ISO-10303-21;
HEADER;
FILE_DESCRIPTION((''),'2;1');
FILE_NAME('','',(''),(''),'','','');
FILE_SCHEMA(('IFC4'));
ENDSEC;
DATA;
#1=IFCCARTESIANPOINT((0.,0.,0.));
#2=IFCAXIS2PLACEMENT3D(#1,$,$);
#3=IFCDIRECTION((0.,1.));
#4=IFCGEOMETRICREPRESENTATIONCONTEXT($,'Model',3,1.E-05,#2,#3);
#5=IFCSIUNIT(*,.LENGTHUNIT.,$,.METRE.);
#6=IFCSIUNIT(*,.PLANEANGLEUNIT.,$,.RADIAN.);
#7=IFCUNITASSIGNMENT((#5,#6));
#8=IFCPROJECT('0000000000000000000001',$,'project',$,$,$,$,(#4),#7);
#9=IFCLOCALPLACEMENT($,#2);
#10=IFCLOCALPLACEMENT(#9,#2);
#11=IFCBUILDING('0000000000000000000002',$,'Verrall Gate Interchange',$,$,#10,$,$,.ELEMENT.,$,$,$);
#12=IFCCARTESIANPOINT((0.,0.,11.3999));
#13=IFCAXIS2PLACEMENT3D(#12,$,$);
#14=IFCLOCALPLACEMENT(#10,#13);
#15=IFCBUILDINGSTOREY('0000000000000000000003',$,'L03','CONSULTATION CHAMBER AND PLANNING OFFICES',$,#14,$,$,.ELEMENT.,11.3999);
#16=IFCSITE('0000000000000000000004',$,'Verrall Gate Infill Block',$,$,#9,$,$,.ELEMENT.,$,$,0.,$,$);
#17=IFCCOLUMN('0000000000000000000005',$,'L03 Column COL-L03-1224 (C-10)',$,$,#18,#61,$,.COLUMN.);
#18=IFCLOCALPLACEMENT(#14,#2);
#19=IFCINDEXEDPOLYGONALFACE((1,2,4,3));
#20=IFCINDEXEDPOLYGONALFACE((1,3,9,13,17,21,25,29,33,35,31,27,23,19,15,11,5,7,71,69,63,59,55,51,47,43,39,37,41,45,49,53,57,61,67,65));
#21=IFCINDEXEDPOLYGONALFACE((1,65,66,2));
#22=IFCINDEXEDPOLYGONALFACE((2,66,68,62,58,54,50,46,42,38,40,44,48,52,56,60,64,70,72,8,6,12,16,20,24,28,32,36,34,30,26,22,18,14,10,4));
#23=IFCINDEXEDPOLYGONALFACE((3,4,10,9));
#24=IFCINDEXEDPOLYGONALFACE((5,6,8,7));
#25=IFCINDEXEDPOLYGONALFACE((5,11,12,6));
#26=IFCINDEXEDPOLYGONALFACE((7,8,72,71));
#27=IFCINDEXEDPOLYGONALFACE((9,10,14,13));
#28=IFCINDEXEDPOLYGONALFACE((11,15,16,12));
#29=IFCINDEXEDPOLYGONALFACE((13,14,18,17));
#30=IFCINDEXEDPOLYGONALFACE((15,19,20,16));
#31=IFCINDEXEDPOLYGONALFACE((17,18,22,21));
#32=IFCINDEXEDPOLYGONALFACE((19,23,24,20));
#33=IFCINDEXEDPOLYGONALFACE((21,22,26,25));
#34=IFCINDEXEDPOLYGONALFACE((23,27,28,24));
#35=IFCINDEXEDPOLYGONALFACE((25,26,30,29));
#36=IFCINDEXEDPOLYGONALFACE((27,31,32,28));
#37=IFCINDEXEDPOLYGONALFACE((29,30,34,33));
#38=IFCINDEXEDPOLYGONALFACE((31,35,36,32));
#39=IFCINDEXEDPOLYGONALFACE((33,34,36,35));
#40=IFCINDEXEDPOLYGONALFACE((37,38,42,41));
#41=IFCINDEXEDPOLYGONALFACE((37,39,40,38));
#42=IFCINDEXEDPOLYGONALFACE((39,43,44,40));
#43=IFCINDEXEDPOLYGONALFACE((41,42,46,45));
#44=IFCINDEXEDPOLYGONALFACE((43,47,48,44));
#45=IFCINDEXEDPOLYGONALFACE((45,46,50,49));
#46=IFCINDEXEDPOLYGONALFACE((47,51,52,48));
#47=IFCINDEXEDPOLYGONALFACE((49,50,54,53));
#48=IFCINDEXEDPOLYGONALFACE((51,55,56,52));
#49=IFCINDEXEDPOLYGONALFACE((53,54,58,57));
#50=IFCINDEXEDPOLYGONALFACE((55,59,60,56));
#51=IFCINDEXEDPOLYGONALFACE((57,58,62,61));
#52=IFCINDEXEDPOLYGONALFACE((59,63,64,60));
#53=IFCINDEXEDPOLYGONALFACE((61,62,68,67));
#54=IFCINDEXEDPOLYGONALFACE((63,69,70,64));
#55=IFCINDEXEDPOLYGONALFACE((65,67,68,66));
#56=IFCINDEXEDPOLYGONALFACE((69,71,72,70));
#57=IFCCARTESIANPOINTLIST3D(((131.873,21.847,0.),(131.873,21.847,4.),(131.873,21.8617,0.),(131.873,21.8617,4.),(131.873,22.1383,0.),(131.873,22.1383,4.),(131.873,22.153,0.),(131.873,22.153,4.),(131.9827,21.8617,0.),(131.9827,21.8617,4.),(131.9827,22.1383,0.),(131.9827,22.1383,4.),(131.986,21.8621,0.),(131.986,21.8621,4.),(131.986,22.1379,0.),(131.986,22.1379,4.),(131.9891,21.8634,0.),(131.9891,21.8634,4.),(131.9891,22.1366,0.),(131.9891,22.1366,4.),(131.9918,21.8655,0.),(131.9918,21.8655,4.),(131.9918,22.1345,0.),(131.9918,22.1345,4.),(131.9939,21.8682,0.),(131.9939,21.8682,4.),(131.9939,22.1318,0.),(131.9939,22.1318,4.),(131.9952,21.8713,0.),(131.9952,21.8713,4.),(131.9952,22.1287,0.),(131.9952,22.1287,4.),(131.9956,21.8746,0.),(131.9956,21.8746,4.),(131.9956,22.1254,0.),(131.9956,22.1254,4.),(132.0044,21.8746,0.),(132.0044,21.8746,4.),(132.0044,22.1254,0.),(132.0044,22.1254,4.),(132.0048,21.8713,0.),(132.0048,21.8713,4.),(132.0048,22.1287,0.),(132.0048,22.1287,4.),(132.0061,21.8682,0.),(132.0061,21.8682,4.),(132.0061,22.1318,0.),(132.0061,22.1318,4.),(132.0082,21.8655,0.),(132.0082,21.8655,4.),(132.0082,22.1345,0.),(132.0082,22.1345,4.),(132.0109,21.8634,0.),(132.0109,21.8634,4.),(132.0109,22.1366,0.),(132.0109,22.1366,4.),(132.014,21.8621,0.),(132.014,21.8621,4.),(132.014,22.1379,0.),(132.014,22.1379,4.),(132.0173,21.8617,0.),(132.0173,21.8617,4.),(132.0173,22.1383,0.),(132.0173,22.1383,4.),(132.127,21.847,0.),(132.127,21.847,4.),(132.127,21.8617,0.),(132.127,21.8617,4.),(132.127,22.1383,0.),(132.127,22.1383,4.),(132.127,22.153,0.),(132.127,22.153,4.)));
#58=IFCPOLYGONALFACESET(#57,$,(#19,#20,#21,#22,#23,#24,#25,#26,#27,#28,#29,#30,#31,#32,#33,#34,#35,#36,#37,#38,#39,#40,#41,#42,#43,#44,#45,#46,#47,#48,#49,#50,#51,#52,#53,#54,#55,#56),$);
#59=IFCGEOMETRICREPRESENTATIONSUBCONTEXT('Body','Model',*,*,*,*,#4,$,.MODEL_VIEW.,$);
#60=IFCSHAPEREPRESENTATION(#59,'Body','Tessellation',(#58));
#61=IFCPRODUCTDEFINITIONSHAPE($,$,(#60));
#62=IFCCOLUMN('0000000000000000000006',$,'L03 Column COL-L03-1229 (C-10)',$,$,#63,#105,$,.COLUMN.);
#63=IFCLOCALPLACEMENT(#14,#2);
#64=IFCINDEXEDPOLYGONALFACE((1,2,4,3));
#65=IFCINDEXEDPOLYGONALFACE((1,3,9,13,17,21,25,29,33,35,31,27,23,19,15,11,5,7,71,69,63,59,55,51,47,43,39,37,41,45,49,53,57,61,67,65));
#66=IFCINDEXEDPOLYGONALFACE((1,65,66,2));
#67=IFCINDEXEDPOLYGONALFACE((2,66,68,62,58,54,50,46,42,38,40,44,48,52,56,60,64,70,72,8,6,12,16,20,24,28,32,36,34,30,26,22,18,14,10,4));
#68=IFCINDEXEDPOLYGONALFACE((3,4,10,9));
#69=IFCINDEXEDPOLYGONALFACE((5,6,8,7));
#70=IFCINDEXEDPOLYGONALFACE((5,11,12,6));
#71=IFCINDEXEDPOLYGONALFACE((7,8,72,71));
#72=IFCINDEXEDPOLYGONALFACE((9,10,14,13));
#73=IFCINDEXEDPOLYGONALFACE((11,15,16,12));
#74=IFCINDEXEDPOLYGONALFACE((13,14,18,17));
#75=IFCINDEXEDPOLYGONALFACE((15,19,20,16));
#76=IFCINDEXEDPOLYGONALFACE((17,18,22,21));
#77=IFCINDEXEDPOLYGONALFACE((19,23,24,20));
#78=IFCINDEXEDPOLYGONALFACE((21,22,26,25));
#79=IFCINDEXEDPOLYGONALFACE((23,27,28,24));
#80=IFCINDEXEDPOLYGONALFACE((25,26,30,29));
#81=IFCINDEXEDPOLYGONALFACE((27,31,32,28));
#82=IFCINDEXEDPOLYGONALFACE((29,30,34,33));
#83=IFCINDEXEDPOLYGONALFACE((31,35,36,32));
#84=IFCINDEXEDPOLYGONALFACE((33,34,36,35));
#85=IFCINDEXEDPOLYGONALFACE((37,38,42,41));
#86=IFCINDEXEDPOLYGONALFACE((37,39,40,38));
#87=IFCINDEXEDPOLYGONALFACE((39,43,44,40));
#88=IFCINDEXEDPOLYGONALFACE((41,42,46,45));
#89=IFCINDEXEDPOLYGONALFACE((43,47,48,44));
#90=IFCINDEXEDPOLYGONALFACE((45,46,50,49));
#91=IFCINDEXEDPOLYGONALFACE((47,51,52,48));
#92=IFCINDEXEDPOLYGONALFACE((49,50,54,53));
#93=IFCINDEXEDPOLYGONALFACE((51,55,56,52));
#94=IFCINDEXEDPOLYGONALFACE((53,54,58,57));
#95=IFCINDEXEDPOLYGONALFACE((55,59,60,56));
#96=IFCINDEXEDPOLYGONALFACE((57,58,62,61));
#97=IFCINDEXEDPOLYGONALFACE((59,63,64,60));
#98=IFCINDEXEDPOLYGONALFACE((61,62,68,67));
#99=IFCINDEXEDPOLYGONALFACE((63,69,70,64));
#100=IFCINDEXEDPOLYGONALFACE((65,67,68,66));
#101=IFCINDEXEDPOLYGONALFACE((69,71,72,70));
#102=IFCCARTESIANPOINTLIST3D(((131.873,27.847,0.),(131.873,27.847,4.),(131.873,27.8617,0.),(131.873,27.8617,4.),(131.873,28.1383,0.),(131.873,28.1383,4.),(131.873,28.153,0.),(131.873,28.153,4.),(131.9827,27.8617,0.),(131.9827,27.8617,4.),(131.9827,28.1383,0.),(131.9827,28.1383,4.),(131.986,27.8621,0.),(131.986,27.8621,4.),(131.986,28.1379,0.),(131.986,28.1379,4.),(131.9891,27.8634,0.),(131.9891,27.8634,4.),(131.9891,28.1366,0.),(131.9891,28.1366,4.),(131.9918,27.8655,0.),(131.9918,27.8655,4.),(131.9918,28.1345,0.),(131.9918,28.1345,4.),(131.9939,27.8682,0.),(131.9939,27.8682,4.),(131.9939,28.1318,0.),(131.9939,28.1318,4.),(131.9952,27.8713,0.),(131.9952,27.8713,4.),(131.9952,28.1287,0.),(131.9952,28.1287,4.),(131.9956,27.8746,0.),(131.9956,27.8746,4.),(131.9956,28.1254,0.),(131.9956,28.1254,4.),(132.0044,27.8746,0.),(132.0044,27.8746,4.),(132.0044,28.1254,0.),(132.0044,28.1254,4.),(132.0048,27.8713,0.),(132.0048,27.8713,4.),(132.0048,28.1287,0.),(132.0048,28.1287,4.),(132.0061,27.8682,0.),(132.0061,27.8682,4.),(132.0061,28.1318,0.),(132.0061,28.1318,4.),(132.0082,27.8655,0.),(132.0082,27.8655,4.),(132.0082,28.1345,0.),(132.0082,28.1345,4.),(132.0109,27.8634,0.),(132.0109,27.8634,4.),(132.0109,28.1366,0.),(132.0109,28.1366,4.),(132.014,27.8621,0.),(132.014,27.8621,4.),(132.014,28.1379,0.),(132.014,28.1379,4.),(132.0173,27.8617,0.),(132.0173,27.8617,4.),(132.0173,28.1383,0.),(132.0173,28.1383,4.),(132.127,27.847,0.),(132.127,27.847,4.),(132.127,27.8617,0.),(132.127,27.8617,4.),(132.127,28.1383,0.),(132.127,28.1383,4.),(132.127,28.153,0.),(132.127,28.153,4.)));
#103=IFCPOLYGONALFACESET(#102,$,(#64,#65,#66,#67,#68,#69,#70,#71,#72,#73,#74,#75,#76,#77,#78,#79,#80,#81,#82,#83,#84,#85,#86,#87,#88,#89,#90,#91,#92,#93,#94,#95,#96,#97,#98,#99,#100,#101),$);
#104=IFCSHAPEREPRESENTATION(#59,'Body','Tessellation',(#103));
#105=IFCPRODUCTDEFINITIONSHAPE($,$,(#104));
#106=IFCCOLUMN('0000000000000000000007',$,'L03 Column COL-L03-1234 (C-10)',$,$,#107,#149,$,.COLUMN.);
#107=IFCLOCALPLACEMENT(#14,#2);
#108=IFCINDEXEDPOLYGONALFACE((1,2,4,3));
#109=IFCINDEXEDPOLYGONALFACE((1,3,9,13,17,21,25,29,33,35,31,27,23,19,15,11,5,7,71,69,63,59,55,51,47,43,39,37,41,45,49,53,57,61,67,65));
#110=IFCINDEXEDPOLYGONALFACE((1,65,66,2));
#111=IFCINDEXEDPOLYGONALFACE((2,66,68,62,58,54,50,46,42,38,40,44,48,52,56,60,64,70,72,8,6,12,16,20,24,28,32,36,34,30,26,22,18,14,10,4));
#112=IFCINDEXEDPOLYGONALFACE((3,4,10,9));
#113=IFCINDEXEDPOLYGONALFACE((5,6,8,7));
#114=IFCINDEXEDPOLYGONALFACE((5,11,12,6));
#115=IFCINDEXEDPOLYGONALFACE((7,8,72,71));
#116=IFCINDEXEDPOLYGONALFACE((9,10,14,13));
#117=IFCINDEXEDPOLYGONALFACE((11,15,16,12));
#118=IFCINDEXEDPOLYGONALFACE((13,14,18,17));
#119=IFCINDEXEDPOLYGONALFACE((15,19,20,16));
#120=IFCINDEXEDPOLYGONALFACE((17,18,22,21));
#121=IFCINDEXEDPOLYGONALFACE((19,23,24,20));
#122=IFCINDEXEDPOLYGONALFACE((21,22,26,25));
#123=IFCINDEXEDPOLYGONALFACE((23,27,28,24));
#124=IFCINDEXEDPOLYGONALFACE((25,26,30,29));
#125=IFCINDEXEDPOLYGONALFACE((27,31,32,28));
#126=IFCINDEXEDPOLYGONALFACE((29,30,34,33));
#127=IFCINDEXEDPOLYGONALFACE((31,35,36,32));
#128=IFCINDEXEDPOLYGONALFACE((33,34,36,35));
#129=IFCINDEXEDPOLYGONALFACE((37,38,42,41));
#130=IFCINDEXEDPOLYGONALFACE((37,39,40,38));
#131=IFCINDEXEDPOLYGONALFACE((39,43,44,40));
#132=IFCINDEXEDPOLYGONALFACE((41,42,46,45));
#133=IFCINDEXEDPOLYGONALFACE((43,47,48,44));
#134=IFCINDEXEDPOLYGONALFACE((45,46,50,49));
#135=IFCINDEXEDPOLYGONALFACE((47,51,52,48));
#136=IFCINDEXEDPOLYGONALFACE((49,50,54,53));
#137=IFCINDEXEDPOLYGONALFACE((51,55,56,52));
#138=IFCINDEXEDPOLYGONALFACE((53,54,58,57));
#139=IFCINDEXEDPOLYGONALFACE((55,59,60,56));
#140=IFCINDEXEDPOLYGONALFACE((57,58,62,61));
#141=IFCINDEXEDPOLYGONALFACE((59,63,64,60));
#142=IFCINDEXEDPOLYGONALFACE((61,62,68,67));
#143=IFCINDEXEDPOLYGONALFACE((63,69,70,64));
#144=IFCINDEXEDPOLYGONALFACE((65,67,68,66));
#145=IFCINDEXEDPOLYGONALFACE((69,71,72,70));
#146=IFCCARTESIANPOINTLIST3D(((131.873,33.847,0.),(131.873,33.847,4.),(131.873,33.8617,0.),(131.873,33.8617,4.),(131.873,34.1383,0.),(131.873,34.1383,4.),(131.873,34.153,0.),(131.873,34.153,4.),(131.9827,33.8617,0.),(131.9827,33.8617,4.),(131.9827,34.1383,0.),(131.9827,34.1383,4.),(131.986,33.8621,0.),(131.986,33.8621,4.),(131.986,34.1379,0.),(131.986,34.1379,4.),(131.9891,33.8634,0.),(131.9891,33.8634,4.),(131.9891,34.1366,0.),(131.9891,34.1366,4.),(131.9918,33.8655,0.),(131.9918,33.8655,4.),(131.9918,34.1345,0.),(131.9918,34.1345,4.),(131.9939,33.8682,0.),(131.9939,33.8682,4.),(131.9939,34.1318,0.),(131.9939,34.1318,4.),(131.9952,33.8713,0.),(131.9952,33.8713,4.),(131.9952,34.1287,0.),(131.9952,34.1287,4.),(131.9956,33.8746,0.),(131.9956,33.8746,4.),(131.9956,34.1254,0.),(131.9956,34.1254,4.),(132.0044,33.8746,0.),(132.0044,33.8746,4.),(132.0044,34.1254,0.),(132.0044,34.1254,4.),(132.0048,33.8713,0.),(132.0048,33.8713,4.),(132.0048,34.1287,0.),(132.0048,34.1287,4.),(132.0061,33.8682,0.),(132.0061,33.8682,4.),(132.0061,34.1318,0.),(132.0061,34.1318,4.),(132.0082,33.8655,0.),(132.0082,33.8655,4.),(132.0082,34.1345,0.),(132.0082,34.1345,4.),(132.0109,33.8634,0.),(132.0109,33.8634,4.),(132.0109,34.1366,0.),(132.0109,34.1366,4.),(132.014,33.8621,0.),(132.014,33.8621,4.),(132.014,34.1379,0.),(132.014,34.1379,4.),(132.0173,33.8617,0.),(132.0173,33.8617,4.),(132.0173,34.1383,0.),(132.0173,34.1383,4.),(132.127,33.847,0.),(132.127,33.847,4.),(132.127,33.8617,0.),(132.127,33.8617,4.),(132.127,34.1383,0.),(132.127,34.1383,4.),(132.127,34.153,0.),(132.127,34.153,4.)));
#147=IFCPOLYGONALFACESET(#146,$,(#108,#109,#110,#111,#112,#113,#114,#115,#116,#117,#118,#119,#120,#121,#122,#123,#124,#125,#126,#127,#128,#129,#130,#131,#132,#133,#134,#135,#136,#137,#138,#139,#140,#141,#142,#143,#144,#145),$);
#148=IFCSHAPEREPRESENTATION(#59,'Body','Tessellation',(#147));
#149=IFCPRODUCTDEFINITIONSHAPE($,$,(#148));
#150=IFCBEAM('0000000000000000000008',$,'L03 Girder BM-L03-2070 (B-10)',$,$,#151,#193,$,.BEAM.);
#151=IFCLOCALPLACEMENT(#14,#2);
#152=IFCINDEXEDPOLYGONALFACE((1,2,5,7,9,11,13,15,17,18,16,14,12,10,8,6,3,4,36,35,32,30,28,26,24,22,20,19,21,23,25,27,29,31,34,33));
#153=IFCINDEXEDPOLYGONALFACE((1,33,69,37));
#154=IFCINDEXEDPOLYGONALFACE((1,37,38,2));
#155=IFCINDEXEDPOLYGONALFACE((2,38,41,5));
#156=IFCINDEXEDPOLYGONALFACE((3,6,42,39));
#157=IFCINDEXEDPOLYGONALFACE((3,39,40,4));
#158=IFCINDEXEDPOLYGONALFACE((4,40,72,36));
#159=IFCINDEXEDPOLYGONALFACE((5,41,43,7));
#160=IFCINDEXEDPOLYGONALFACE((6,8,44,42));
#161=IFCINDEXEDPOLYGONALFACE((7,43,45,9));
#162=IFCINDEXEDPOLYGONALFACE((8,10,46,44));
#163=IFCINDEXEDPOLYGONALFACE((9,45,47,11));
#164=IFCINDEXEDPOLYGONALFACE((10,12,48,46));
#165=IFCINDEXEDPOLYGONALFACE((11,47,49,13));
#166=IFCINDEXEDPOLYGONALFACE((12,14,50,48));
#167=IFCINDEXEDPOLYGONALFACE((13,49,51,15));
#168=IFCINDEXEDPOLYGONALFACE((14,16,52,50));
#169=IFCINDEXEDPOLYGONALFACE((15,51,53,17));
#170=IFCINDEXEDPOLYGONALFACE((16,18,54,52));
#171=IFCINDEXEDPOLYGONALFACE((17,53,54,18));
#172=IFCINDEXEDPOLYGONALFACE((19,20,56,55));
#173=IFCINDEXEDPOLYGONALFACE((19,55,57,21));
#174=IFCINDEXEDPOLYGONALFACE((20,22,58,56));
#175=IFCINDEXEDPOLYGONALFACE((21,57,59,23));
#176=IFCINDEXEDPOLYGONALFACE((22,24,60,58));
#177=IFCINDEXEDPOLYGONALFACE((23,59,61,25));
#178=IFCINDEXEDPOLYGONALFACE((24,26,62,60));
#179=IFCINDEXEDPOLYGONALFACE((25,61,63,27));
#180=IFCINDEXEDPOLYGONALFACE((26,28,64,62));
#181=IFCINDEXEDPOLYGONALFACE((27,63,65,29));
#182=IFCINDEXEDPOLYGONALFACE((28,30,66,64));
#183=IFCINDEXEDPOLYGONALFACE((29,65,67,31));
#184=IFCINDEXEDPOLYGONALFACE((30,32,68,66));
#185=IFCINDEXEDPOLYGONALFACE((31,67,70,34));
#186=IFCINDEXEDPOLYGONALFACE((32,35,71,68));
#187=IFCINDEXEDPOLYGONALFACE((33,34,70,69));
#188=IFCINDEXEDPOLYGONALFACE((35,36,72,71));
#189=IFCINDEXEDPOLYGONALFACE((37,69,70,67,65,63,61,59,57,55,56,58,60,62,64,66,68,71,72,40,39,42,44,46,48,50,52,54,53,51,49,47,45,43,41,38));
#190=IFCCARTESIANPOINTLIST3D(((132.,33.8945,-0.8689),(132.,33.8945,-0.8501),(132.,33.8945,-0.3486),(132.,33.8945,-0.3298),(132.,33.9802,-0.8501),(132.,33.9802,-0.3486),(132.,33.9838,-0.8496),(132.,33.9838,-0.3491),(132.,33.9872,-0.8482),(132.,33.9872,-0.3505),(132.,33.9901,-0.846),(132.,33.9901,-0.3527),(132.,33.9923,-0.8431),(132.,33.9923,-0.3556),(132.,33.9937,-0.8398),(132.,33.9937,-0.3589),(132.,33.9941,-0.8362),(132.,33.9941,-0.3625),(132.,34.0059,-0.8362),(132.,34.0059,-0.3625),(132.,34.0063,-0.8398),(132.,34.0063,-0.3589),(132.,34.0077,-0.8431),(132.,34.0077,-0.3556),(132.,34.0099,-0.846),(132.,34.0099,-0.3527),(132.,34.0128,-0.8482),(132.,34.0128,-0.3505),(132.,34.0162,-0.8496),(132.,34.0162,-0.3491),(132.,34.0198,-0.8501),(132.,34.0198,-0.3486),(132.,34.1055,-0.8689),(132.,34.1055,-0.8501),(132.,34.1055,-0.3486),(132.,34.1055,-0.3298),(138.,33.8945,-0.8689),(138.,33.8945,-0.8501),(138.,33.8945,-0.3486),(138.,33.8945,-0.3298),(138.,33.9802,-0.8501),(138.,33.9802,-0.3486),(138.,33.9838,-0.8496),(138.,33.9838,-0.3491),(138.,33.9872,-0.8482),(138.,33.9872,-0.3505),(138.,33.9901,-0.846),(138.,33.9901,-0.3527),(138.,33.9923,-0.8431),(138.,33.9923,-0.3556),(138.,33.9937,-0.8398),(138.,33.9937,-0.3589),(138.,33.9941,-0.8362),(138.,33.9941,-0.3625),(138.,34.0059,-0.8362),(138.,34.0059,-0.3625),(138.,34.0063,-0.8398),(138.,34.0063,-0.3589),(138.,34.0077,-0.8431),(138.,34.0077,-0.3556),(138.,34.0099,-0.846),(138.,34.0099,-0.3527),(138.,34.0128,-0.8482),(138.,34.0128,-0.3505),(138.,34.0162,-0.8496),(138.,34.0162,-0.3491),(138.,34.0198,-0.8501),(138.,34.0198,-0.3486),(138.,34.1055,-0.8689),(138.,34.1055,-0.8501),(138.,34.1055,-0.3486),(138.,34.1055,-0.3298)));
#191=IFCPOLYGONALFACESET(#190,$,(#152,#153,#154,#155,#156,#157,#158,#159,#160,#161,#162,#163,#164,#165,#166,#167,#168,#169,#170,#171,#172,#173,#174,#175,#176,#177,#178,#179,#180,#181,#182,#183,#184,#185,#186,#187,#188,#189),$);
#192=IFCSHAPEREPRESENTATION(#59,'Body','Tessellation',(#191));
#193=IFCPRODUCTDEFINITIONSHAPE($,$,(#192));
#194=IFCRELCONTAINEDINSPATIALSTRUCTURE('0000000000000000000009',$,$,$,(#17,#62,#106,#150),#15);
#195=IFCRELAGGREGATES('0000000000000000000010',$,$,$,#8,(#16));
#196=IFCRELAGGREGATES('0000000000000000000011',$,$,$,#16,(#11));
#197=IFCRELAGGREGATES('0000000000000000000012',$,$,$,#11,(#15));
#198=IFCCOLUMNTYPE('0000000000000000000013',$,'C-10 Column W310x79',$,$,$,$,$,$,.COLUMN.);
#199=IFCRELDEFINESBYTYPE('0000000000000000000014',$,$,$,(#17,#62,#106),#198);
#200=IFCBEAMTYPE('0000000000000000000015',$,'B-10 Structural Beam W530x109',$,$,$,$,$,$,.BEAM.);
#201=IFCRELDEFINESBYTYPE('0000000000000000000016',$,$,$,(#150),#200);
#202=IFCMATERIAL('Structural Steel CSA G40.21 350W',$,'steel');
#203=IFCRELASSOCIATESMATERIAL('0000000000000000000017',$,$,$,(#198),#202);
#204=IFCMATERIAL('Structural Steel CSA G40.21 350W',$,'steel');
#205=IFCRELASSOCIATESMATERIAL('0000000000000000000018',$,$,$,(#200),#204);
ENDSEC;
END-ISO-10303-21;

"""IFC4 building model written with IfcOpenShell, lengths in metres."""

from ifc_helpers import new_model, si_unit, direction, frame, origin, origin_2d, place, context, subcontext, project, spatial, i_section, extrude, material, material_profile, profile_set, type_object, element, save


model = new_model("IFC4")

# Units and contexts
model_context = context("Model", 3, precision=1e-05, world=origin(), true_north=direction((0.0, 1.0)))
body_context = subcontext(model_context, "Body", "Model", "MODEL_VIEW")
ifc_project = project(units=[si_unit("LENGTHUNIT", "METRE"), si_unit("PLANEANGLEUNIT", "RADIAN")], contexts=[model_context])

# Site, building, storey
site_placement = place(None, origin())
site = spatial("IfcSite", under=ifc_project, at=site_placement, Name="Verrall Gate Infill Block", CompositionType="ELEMENT", RefElevation=0.0)
building_placement = place(site_placement, origin())
building = spatial("IfcBuilding", under=site, at=building_placement, Name="Verrall Gate Interchange", CompositionType="ELEMENT")
storey_placement = place(building_placement, frame((0.0, 0.0, 11.3999)))
storey = spatial("IfcBuildingStorey", under=building, at=storey_placement, Name="L03", Description="CONSULTATION CHAMBER AND PLANNING OFFICES", CompositionType="ELEMENT", Elevation=11.3999)

# Columns
ifc_material_1 = material(Name="Structural Steel CSA G40.21 350W", Category="steel")
ifc_material_profile_1 = material_profile(ifc_material_1, i_section(OverallWidth=0.2539, OverallDepth=0.3059, WebThickness=0.0088, FlangeThickness=0.0146, FilletRadius=0.0129, at=origin_2d()), Name="W310x79")
ifc_profile_set_1 = profile_set([ifc_material_profile_1], Name="Structural Steel CSA G40.21 350W")
column_type = type_object("IfcColumnType", Name="C-10 Column W310x79", PredefinedType="COLUMN", material=ifc_profile_set_1)
for number, where, z_axis, x_axis, name in (
    (1, (132.0, 22.0, 0.0), (0.0, 0.0, 1.0), (1.0, 0.0, 0.0), "L03 Column COL-L03-1224 (C-10)"),
    (2, (132.0, 28.0, 0.0), (0.0, 0.0, 1.0), (1.0, 0.0, 0.0), "L03 Column COL-L03-1229 (C-10)"),
    (3, (132.0, 34.0, 0.0), (0.0, 0.0, 1.0), (1.0, 0.0, 0.0), "L03 Column COL-L03-1234 (C-10)"),
):
    element("IfcColumn", number, at=place(storey_placement, frame(where, z_axis=z_axis, x_axis=x_axis)), inside=storey, type_object=column_type, Name=name, PredefinedType="COLUMN", context=body_context, shape_type="SweptSolid", body=[
        extrude(i_section(OverallWidth=0.2539, OverallDepth=0.3059, WebThickness=0.0088, FlangeThickness=0.0146, FilletRadius=0.0129, at=origin_2d()), origin(), (0.0, 0.0, 1.0), 4.0),
    ])

# Beam
ifc_material_2 = material(Name="Structural Steel CSA G40.21 350W", Category="steel")
ifc_material_profile_2 = material_profile(ifc_material_2, i_section(OverallWidth=0.2109, OverallDepth=0.5391, WebThickness=0.0117, FlangeThickness=0.0188, FilletRadius=0.0139, at=origin_2d()), Name="W530x109")
ifc_profile_set_2 = profile_set([ifc_material_profile_2], Name="Structural Steel CSA G40.21 350W")
beam_type_1 = type_object("IfcBeamType", Name="B-10 Structural Beam W530x109", PredefinedType="BEAM", material=ifc_profile_set_2)
for number, where, z_axis, x_axis, name in (
    (4, (132.0, 34.0, -0.5994), (1.0, 0.0, 0.0), (0.0, 1.0, 0.0), "L03 Girder BM-L03-2070 (B-10)"),
):
    element("IfcBeam", number, at=place(storey_placement, frame(where, z_axis=z_axis, x_axis=x_axis)), inside=storey, type_object=beam_type_1, Name=name, PredefinedType="BEAM", context=body_context, shape_type="SweptSolid", body=[
        extrude(i_section(OverallWidth=0.2109, OverallDepth=0.5391, WebThickness=0.0117, FlangeThickness=0.0188, FilletRadius=0.0139, at=origin_2d()), origin(), (0.0, 0.0, 1.0), 6.0),
    ])

save(model, "model.ifc")
